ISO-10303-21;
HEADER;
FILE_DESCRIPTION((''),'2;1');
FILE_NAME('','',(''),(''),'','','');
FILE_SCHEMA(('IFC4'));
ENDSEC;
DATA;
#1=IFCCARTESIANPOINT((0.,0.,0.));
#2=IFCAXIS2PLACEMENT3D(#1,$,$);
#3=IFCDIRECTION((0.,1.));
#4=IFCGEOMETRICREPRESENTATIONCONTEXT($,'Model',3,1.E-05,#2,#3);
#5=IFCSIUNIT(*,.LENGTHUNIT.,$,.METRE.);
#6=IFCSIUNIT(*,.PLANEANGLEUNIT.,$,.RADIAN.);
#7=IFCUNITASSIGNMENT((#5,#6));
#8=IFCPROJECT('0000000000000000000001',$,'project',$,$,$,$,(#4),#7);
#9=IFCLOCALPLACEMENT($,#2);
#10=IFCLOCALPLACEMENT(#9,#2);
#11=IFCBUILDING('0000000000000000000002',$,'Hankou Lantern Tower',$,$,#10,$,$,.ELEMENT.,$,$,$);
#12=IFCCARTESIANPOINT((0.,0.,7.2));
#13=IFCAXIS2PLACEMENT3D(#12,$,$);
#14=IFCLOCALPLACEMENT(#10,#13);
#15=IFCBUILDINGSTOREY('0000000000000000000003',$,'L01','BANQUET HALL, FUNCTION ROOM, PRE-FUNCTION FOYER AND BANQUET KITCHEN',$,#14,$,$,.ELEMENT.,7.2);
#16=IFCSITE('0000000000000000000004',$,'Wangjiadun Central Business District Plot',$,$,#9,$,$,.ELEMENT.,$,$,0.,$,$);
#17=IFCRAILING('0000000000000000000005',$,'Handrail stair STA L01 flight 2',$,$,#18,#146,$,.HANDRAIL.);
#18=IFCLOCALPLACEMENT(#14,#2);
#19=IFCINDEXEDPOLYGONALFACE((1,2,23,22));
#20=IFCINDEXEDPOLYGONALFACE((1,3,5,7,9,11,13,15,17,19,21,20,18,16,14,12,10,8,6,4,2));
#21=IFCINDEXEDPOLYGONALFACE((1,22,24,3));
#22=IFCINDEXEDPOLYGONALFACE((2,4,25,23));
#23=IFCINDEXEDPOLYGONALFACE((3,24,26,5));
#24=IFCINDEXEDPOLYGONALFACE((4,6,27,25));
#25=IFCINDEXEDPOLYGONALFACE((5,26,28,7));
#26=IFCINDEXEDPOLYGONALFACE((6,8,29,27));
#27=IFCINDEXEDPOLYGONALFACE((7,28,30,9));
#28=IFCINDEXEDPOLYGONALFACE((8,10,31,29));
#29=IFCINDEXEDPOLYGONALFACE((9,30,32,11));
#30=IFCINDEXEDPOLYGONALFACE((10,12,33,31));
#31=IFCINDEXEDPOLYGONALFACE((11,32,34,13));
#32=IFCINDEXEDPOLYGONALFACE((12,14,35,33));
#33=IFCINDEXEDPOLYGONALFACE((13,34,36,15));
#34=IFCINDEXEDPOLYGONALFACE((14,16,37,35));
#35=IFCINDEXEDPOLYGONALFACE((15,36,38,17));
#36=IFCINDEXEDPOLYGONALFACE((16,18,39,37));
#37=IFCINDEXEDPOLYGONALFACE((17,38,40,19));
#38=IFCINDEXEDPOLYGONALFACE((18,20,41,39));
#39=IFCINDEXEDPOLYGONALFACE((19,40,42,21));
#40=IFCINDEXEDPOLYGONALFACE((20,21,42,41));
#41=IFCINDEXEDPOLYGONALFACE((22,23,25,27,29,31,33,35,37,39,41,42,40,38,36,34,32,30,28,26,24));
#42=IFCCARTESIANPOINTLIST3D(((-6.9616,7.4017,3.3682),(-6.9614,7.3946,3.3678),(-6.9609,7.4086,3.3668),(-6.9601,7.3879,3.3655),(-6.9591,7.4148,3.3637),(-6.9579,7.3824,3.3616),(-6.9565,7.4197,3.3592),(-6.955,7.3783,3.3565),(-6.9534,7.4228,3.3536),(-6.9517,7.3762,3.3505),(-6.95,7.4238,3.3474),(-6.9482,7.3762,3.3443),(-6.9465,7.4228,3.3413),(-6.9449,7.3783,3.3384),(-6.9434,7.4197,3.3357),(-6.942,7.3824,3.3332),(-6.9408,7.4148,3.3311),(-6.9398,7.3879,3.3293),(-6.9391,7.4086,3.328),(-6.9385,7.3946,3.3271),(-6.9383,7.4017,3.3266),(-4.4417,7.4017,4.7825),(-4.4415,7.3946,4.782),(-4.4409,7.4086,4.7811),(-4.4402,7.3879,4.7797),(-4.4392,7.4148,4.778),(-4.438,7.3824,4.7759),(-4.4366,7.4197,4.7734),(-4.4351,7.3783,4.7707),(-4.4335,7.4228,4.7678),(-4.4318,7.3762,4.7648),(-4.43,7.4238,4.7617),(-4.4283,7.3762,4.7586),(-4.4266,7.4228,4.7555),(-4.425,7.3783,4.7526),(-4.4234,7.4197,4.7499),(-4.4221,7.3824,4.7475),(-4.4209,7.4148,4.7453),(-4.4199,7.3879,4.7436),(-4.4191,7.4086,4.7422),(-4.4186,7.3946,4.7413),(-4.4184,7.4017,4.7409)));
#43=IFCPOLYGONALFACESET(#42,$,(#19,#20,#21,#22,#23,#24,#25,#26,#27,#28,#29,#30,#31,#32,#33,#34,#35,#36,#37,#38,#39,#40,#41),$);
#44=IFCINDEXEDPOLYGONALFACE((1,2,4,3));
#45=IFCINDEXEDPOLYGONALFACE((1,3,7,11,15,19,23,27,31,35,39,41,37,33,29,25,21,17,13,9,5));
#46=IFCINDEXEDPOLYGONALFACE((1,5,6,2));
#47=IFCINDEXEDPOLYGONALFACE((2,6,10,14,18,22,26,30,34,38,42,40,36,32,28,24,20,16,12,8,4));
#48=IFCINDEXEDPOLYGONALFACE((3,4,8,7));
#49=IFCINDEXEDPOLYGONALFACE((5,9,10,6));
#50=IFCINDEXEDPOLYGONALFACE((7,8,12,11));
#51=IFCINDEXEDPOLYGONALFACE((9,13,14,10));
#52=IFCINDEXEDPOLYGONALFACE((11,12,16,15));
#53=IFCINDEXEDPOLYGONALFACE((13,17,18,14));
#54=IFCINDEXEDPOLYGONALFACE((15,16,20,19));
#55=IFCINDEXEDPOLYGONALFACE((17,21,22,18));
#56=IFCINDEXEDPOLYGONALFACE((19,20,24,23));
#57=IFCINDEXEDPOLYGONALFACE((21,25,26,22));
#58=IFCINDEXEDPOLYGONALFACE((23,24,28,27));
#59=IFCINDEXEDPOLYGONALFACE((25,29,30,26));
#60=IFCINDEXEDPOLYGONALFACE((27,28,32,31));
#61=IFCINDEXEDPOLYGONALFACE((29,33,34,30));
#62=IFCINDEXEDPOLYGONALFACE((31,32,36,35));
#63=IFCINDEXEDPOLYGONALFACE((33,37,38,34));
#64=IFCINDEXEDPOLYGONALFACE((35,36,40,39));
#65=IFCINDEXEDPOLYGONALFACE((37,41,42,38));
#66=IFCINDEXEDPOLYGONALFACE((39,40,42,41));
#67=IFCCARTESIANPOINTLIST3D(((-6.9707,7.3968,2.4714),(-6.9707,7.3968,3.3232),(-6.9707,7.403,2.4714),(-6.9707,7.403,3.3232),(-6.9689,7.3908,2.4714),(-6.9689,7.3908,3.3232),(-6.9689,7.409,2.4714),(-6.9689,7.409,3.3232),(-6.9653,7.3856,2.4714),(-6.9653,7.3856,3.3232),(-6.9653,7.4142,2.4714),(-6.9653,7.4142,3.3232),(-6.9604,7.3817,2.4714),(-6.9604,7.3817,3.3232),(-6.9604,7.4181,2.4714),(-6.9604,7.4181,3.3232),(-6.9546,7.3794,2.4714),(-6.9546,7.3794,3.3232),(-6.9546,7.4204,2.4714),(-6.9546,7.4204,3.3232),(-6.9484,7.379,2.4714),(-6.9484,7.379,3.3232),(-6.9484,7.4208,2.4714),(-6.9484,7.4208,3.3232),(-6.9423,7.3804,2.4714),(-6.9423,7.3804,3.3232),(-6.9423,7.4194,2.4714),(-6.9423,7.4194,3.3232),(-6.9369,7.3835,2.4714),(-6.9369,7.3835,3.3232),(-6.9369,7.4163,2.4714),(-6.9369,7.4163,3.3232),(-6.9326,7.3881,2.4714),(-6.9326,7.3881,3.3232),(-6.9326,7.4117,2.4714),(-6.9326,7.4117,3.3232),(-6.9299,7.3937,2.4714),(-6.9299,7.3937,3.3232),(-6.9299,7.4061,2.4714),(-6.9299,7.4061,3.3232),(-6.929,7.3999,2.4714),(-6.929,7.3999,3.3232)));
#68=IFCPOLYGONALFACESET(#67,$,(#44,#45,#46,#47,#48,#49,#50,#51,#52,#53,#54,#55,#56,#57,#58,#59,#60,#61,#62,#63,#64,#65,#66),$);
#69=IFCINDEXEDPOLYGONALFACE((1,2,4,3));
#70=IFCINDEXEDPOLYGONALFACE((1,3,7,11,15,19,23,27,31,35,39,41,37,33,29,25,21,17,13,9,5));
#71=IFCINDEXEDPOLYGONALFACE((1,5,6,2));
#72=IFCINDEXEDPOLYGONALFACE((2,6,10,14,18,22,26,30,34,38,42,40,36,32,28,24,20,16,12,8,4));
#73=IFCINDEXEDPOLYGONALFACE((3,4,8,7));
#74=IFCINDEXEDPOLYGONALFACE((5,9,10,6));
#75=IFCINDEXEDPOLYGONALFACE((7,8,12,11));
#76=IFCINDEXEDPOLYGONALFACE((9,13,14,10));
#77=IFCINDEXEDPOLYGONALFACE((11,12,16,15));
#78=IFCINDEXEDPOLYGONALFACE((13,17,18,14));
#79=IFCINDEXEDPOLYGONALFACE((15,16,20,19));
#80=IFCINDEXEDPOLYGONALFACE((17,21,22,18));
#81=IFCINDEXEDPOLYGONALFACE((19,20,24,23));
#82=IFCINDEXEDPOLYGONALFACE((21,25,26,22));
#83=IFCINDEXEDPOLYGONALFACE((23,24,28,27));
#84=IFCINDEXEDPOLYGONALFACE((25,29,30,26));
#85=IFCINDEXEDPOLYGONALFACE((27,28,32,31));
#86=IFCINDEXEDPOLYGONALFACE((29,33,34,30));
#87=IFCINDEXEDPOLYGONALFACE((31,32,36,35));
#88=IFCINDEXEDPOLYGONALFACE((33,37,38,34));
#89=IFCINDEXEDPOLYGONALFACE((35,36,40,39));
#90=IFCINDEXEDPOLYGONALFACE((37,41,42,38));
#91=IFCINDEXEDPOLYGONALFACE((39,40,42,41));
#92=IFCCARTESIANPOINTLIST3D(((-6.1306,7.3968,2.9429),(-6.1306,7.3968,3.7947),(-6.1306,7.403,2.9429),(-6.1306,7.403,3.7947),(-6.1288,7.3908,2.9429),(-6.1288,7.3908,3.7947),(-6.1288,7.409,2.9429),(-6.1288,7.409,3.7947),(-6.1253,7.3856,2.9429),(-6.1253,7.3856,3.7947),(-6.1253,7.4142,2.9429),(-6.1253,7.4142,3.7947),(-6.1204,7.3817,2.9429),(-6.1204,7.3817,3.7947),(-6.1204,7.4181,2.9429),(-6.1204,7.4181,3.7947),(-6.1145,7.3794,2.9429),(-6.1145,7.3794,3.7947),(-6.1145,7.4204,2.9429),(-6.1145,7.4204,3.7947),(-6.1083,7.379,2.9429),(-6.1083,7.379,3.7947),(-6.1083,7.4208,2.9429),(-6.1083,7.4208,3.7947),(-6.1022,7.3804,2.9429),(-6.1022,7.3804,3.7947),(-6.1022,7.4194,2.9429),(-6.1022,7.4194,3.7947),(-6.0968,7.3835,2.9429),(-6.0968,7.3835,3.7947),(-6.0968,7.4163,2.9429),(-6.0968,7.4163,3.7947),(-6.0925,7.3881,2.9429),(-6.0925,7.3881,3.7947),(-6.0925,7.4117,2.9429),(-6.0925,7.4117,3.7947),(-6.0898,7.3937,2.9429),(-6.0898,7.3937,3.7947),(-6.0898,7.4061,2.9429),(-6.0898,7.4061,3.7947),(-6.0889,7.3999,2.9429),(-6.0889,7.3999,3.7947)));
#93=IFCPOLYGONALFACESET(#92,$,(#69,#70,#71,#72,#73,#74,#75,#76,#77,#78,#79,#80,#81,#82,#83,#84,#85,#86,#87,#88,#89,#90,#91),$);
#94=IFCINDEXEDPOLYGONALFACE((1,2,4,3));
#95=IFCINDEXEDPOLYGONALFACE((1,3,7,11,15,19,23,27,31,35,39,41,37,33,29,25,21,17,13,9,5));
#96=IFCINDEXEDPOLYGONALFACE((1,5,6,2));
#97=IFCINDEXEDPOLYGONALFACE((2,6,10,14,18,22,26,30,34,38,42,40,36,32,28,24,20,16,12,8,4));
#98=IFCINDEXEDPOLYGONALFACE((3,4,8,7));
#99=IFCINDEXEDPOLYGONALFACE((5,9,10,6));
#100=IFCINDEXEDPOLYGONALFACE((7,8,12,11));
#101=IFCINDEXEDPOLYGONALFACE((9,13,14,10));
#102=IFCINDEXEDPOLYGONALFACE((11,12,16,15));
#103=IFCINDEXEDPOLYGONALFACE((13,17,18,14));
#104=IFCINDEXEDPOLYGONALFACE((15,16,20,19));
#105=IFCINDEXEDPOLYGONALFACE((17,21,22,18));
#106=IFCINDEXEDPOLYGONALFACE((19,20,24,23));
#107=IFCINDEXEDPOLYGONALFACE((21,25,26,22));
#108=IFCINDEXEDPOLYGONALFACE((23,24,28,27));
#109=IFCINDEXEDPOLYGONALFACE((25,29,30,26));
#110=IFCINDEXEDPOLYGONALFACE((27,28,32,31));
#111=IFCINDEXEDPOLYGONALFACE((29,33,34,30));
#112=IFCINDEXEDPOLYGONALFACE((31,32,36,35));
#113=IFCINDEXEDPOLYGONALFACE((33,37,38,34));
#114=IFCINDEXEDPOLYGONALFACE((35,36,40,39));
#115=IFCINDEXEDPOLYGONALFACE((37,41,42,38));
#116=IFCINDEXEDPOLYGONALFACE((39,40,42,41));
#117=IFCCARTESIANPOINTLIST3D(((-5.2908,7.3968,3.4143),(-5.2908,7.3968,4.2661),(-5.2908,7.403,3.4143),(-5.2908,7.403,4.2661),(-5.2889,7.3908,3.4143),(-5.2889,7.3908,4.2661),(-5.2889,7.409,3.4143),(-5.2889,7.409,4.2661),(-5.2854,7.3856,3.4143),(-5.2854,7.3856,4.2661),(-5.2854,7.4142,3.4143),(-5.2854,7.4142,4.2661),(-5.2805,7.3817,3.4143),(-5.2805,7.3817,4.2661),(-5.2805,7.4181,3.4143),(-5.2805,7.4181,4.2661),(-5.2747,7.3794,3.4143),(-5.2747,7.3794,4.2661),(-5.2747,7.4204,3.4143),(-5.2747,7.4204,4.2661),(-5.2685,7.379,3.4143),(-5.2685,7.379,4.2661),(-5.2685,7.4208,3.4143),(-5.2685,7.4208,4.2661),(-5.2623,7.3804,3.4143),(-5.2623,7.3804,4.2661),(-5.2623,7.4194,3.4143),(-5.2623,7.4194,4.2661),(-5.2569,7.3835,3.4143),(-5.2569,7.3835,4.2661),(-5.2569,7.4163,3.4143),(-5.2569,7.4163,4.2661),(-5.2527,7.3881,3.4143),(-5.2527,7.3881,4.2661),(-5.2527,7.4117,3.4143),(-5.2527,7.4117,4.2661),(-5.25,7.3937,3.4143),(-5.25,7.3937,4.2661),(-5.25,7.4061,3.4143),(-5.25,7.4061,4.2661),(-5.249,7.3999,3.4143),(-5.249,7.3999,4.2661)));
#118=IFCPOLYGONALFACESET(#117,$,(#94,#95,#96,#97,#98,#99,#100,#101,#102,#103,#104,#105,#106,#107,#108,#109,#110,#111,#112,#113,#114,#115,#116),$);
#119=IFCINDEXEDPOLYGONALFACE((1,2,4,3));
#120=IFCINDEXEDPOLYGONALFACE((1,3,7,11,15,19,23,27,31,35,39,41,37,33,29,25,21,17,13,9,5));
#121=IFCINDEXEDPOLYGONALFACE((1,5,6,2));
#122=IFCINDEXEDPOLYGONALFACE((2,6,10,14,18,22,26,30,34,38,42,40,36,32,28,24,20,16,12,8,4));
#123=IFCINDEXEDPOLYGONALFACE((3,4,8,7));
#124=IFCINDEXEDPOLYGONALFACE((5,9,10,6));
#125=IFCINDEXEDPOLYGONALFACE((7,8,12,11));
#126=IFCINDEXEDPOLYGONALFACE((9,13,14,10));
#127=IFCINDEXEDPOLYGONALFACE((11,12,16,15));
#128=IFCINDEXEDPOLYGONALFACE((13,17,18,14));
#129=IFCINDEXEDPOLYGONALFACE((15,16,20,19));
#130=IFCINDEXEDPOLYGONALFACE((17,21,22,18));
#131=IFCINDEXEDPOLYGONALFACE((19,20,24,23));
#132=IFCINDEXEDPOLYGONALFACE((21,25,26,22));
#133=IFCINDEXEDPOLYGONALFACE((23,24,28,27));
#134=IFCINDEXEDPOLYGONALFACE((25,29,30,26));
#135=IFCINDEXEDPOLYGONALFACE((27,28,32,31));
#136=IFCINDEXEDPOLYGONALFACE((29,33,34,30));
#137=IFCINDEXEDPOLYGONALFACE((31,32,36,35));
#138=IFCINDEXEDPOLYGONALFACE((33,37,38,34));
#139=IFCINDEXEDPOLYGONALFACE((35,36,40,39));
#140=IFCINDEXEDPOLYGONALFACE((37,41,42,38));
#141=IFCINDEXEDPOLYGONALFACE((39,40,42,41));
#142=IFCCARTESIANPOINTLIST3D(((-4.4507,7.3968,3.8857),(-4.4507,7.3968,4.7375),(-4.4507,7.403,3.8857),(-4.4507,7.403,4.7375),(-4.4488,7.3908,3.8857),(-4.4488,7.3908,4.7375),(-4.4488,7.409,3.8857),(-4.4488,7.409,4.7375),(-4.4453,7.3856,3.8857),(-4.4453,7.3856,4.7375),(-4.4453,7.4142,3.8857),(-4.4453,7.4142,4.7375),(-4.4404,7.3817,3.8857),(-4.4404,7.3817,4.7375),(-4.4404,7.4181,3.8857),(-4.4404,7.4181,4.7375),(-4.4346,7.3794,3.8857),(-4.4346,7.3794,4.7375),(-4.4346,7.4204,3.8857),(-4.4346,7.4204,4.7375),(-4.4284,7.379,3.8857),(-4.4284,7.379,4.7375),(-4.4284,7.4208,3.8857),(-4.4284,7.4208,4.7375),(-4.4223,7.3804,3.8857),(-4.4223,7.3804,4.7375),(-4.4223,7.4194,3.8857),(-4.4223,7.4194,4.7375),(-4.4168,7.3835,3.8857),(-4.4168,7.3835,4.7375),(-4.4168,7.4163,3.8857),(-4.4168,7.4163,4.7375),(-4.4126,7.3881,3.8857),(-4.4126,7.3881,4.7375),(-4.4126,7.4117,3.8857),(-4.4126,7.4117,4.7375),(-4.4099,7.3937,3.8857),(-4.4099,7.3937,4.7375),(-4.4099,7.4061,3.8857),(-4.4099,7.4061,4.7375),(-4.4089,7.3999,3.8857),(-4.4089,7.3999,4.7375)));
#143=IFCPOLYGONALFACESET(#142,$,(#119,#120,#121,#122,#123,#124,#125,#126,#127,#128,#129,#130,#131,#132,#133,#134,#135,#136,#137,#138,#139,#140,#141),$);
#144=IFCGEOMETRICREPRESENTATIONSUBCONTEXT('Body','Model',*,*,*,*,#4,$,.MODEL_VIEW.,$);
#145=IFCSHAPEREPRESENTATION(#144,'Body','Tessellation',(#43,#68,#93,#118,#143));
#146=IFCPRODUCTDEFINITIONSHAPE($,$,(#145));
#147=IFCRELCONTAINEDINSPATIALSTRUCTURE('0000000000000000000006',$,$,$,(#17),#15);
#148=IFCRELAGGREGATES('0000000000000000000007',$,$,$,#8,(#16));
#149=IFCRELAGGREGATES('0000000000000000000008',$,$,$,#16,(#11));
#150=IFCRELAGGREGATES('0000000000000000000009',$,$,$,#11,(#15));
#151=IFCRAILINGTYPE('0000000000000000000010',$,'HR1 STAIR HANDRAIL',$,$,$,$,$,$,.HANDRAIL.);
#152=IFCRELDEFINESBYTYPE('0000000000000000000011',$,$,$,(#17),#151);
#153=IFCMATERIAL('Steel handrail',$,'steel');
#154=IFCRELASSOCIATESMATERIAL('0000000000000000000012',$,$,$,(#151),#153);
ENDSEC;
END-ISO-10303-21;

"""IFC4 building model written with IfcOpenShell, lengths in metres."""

from ifc_helpers import new_model, si_unit, direction, frame, origin, origin_2d, place, context, subcontext, project, spatial, circle, extrude, material, type_object, element, save


model = new_model("IFC4")

# Units and contexts
model_context = context("Model", 3, precision=1e-05, world=origin(), true_north=direction((0.0, 1.0)))
body_context = subcontext(model_context, "Body", "Model", "MODEL_VIEW")
ifc_project = project(units=[si_unit("LENGTHUNIT", "METRE"), si_unit("PLANEANGLEUNIT", "RADIAN")], contexts=[model_context])

# Site, building, storey
site_placement = place(None, origin())
site = spatial("IfcSite", under=ifc_project, at=site_placement, Name="Wangjiadun Central Business District Plot", CompositionType="ELEMENT", RefElevation=0.0)
building_placement = place(site_placement, origin())
building = spatial("IfcBuilding", under=site, at=building_placement, Name="Hankou Lantern Tower", CompositionType="ELEMENT")
storey_placement = place(building_placement, frame((0.0, 0.0, 7.2)))
storey = spatial("IfcBuildingStorey", under=building, at=storey_placement, Name="L01", Description="BANQUET HALL, FUNCTION ROOM, PRE-FUNCTION FOYER AND BANQUET KITCHEN", CompositionType="ELEMENT", Elevation=7.2)

# Railing
ifc_material_1 = material(Name="Steel handrail", Category="steel")
railing_type = type_object("IfcRailingType", Name="HR1 STAIR HANDRAIL", PredefinedType="HANDRAIL", material=ifc_material_1)
railing_1_placement = place(storey_placement, frame((-6.95, 7.3999, 2.4714)))
element("IfcRailing", 1, at=railing_1_placement, inside=storey, type_object=railing_type, Name="Handrail stair STA L01 flight 2", PredefinedType="HANDRAIL", context=body_context, shape_type="SweptSolid", body=[
    extrude(circle(Radius=0.0239, at=origin_2d()), frame((0.0, 0.0, 0.876), z_axis=(0.872049, 0.0, 0.489419), x_axis=(0.0, 1.0, 0.0)), (0.0, 0.0, 1.0), 2.8896),
    extrude(circle(Radius=0.021, at=origin_2d()), origin(), (0.0, 0.0, 1.0), 0.8518),
    extrude(circle(Radius=0.021, at=origin_2d()), frame((0.8401, 0.0, 0.4714)), (0.0, 0.0, 1.0), 0.8518),
    extrude(circle(Radius=0.021, at=origin_2d()), frame((1.6799, 0.0, 0.9429)), (0.0, 0.0, 1.0), 0.8518),
    extrude(circle(Radius=0.021, at=origin_2d()), frame((2.52, 0.0, 1.4143)), (0.0, 0.0, 1.0), 0.8518),
])

save(model, "model.ifc")
